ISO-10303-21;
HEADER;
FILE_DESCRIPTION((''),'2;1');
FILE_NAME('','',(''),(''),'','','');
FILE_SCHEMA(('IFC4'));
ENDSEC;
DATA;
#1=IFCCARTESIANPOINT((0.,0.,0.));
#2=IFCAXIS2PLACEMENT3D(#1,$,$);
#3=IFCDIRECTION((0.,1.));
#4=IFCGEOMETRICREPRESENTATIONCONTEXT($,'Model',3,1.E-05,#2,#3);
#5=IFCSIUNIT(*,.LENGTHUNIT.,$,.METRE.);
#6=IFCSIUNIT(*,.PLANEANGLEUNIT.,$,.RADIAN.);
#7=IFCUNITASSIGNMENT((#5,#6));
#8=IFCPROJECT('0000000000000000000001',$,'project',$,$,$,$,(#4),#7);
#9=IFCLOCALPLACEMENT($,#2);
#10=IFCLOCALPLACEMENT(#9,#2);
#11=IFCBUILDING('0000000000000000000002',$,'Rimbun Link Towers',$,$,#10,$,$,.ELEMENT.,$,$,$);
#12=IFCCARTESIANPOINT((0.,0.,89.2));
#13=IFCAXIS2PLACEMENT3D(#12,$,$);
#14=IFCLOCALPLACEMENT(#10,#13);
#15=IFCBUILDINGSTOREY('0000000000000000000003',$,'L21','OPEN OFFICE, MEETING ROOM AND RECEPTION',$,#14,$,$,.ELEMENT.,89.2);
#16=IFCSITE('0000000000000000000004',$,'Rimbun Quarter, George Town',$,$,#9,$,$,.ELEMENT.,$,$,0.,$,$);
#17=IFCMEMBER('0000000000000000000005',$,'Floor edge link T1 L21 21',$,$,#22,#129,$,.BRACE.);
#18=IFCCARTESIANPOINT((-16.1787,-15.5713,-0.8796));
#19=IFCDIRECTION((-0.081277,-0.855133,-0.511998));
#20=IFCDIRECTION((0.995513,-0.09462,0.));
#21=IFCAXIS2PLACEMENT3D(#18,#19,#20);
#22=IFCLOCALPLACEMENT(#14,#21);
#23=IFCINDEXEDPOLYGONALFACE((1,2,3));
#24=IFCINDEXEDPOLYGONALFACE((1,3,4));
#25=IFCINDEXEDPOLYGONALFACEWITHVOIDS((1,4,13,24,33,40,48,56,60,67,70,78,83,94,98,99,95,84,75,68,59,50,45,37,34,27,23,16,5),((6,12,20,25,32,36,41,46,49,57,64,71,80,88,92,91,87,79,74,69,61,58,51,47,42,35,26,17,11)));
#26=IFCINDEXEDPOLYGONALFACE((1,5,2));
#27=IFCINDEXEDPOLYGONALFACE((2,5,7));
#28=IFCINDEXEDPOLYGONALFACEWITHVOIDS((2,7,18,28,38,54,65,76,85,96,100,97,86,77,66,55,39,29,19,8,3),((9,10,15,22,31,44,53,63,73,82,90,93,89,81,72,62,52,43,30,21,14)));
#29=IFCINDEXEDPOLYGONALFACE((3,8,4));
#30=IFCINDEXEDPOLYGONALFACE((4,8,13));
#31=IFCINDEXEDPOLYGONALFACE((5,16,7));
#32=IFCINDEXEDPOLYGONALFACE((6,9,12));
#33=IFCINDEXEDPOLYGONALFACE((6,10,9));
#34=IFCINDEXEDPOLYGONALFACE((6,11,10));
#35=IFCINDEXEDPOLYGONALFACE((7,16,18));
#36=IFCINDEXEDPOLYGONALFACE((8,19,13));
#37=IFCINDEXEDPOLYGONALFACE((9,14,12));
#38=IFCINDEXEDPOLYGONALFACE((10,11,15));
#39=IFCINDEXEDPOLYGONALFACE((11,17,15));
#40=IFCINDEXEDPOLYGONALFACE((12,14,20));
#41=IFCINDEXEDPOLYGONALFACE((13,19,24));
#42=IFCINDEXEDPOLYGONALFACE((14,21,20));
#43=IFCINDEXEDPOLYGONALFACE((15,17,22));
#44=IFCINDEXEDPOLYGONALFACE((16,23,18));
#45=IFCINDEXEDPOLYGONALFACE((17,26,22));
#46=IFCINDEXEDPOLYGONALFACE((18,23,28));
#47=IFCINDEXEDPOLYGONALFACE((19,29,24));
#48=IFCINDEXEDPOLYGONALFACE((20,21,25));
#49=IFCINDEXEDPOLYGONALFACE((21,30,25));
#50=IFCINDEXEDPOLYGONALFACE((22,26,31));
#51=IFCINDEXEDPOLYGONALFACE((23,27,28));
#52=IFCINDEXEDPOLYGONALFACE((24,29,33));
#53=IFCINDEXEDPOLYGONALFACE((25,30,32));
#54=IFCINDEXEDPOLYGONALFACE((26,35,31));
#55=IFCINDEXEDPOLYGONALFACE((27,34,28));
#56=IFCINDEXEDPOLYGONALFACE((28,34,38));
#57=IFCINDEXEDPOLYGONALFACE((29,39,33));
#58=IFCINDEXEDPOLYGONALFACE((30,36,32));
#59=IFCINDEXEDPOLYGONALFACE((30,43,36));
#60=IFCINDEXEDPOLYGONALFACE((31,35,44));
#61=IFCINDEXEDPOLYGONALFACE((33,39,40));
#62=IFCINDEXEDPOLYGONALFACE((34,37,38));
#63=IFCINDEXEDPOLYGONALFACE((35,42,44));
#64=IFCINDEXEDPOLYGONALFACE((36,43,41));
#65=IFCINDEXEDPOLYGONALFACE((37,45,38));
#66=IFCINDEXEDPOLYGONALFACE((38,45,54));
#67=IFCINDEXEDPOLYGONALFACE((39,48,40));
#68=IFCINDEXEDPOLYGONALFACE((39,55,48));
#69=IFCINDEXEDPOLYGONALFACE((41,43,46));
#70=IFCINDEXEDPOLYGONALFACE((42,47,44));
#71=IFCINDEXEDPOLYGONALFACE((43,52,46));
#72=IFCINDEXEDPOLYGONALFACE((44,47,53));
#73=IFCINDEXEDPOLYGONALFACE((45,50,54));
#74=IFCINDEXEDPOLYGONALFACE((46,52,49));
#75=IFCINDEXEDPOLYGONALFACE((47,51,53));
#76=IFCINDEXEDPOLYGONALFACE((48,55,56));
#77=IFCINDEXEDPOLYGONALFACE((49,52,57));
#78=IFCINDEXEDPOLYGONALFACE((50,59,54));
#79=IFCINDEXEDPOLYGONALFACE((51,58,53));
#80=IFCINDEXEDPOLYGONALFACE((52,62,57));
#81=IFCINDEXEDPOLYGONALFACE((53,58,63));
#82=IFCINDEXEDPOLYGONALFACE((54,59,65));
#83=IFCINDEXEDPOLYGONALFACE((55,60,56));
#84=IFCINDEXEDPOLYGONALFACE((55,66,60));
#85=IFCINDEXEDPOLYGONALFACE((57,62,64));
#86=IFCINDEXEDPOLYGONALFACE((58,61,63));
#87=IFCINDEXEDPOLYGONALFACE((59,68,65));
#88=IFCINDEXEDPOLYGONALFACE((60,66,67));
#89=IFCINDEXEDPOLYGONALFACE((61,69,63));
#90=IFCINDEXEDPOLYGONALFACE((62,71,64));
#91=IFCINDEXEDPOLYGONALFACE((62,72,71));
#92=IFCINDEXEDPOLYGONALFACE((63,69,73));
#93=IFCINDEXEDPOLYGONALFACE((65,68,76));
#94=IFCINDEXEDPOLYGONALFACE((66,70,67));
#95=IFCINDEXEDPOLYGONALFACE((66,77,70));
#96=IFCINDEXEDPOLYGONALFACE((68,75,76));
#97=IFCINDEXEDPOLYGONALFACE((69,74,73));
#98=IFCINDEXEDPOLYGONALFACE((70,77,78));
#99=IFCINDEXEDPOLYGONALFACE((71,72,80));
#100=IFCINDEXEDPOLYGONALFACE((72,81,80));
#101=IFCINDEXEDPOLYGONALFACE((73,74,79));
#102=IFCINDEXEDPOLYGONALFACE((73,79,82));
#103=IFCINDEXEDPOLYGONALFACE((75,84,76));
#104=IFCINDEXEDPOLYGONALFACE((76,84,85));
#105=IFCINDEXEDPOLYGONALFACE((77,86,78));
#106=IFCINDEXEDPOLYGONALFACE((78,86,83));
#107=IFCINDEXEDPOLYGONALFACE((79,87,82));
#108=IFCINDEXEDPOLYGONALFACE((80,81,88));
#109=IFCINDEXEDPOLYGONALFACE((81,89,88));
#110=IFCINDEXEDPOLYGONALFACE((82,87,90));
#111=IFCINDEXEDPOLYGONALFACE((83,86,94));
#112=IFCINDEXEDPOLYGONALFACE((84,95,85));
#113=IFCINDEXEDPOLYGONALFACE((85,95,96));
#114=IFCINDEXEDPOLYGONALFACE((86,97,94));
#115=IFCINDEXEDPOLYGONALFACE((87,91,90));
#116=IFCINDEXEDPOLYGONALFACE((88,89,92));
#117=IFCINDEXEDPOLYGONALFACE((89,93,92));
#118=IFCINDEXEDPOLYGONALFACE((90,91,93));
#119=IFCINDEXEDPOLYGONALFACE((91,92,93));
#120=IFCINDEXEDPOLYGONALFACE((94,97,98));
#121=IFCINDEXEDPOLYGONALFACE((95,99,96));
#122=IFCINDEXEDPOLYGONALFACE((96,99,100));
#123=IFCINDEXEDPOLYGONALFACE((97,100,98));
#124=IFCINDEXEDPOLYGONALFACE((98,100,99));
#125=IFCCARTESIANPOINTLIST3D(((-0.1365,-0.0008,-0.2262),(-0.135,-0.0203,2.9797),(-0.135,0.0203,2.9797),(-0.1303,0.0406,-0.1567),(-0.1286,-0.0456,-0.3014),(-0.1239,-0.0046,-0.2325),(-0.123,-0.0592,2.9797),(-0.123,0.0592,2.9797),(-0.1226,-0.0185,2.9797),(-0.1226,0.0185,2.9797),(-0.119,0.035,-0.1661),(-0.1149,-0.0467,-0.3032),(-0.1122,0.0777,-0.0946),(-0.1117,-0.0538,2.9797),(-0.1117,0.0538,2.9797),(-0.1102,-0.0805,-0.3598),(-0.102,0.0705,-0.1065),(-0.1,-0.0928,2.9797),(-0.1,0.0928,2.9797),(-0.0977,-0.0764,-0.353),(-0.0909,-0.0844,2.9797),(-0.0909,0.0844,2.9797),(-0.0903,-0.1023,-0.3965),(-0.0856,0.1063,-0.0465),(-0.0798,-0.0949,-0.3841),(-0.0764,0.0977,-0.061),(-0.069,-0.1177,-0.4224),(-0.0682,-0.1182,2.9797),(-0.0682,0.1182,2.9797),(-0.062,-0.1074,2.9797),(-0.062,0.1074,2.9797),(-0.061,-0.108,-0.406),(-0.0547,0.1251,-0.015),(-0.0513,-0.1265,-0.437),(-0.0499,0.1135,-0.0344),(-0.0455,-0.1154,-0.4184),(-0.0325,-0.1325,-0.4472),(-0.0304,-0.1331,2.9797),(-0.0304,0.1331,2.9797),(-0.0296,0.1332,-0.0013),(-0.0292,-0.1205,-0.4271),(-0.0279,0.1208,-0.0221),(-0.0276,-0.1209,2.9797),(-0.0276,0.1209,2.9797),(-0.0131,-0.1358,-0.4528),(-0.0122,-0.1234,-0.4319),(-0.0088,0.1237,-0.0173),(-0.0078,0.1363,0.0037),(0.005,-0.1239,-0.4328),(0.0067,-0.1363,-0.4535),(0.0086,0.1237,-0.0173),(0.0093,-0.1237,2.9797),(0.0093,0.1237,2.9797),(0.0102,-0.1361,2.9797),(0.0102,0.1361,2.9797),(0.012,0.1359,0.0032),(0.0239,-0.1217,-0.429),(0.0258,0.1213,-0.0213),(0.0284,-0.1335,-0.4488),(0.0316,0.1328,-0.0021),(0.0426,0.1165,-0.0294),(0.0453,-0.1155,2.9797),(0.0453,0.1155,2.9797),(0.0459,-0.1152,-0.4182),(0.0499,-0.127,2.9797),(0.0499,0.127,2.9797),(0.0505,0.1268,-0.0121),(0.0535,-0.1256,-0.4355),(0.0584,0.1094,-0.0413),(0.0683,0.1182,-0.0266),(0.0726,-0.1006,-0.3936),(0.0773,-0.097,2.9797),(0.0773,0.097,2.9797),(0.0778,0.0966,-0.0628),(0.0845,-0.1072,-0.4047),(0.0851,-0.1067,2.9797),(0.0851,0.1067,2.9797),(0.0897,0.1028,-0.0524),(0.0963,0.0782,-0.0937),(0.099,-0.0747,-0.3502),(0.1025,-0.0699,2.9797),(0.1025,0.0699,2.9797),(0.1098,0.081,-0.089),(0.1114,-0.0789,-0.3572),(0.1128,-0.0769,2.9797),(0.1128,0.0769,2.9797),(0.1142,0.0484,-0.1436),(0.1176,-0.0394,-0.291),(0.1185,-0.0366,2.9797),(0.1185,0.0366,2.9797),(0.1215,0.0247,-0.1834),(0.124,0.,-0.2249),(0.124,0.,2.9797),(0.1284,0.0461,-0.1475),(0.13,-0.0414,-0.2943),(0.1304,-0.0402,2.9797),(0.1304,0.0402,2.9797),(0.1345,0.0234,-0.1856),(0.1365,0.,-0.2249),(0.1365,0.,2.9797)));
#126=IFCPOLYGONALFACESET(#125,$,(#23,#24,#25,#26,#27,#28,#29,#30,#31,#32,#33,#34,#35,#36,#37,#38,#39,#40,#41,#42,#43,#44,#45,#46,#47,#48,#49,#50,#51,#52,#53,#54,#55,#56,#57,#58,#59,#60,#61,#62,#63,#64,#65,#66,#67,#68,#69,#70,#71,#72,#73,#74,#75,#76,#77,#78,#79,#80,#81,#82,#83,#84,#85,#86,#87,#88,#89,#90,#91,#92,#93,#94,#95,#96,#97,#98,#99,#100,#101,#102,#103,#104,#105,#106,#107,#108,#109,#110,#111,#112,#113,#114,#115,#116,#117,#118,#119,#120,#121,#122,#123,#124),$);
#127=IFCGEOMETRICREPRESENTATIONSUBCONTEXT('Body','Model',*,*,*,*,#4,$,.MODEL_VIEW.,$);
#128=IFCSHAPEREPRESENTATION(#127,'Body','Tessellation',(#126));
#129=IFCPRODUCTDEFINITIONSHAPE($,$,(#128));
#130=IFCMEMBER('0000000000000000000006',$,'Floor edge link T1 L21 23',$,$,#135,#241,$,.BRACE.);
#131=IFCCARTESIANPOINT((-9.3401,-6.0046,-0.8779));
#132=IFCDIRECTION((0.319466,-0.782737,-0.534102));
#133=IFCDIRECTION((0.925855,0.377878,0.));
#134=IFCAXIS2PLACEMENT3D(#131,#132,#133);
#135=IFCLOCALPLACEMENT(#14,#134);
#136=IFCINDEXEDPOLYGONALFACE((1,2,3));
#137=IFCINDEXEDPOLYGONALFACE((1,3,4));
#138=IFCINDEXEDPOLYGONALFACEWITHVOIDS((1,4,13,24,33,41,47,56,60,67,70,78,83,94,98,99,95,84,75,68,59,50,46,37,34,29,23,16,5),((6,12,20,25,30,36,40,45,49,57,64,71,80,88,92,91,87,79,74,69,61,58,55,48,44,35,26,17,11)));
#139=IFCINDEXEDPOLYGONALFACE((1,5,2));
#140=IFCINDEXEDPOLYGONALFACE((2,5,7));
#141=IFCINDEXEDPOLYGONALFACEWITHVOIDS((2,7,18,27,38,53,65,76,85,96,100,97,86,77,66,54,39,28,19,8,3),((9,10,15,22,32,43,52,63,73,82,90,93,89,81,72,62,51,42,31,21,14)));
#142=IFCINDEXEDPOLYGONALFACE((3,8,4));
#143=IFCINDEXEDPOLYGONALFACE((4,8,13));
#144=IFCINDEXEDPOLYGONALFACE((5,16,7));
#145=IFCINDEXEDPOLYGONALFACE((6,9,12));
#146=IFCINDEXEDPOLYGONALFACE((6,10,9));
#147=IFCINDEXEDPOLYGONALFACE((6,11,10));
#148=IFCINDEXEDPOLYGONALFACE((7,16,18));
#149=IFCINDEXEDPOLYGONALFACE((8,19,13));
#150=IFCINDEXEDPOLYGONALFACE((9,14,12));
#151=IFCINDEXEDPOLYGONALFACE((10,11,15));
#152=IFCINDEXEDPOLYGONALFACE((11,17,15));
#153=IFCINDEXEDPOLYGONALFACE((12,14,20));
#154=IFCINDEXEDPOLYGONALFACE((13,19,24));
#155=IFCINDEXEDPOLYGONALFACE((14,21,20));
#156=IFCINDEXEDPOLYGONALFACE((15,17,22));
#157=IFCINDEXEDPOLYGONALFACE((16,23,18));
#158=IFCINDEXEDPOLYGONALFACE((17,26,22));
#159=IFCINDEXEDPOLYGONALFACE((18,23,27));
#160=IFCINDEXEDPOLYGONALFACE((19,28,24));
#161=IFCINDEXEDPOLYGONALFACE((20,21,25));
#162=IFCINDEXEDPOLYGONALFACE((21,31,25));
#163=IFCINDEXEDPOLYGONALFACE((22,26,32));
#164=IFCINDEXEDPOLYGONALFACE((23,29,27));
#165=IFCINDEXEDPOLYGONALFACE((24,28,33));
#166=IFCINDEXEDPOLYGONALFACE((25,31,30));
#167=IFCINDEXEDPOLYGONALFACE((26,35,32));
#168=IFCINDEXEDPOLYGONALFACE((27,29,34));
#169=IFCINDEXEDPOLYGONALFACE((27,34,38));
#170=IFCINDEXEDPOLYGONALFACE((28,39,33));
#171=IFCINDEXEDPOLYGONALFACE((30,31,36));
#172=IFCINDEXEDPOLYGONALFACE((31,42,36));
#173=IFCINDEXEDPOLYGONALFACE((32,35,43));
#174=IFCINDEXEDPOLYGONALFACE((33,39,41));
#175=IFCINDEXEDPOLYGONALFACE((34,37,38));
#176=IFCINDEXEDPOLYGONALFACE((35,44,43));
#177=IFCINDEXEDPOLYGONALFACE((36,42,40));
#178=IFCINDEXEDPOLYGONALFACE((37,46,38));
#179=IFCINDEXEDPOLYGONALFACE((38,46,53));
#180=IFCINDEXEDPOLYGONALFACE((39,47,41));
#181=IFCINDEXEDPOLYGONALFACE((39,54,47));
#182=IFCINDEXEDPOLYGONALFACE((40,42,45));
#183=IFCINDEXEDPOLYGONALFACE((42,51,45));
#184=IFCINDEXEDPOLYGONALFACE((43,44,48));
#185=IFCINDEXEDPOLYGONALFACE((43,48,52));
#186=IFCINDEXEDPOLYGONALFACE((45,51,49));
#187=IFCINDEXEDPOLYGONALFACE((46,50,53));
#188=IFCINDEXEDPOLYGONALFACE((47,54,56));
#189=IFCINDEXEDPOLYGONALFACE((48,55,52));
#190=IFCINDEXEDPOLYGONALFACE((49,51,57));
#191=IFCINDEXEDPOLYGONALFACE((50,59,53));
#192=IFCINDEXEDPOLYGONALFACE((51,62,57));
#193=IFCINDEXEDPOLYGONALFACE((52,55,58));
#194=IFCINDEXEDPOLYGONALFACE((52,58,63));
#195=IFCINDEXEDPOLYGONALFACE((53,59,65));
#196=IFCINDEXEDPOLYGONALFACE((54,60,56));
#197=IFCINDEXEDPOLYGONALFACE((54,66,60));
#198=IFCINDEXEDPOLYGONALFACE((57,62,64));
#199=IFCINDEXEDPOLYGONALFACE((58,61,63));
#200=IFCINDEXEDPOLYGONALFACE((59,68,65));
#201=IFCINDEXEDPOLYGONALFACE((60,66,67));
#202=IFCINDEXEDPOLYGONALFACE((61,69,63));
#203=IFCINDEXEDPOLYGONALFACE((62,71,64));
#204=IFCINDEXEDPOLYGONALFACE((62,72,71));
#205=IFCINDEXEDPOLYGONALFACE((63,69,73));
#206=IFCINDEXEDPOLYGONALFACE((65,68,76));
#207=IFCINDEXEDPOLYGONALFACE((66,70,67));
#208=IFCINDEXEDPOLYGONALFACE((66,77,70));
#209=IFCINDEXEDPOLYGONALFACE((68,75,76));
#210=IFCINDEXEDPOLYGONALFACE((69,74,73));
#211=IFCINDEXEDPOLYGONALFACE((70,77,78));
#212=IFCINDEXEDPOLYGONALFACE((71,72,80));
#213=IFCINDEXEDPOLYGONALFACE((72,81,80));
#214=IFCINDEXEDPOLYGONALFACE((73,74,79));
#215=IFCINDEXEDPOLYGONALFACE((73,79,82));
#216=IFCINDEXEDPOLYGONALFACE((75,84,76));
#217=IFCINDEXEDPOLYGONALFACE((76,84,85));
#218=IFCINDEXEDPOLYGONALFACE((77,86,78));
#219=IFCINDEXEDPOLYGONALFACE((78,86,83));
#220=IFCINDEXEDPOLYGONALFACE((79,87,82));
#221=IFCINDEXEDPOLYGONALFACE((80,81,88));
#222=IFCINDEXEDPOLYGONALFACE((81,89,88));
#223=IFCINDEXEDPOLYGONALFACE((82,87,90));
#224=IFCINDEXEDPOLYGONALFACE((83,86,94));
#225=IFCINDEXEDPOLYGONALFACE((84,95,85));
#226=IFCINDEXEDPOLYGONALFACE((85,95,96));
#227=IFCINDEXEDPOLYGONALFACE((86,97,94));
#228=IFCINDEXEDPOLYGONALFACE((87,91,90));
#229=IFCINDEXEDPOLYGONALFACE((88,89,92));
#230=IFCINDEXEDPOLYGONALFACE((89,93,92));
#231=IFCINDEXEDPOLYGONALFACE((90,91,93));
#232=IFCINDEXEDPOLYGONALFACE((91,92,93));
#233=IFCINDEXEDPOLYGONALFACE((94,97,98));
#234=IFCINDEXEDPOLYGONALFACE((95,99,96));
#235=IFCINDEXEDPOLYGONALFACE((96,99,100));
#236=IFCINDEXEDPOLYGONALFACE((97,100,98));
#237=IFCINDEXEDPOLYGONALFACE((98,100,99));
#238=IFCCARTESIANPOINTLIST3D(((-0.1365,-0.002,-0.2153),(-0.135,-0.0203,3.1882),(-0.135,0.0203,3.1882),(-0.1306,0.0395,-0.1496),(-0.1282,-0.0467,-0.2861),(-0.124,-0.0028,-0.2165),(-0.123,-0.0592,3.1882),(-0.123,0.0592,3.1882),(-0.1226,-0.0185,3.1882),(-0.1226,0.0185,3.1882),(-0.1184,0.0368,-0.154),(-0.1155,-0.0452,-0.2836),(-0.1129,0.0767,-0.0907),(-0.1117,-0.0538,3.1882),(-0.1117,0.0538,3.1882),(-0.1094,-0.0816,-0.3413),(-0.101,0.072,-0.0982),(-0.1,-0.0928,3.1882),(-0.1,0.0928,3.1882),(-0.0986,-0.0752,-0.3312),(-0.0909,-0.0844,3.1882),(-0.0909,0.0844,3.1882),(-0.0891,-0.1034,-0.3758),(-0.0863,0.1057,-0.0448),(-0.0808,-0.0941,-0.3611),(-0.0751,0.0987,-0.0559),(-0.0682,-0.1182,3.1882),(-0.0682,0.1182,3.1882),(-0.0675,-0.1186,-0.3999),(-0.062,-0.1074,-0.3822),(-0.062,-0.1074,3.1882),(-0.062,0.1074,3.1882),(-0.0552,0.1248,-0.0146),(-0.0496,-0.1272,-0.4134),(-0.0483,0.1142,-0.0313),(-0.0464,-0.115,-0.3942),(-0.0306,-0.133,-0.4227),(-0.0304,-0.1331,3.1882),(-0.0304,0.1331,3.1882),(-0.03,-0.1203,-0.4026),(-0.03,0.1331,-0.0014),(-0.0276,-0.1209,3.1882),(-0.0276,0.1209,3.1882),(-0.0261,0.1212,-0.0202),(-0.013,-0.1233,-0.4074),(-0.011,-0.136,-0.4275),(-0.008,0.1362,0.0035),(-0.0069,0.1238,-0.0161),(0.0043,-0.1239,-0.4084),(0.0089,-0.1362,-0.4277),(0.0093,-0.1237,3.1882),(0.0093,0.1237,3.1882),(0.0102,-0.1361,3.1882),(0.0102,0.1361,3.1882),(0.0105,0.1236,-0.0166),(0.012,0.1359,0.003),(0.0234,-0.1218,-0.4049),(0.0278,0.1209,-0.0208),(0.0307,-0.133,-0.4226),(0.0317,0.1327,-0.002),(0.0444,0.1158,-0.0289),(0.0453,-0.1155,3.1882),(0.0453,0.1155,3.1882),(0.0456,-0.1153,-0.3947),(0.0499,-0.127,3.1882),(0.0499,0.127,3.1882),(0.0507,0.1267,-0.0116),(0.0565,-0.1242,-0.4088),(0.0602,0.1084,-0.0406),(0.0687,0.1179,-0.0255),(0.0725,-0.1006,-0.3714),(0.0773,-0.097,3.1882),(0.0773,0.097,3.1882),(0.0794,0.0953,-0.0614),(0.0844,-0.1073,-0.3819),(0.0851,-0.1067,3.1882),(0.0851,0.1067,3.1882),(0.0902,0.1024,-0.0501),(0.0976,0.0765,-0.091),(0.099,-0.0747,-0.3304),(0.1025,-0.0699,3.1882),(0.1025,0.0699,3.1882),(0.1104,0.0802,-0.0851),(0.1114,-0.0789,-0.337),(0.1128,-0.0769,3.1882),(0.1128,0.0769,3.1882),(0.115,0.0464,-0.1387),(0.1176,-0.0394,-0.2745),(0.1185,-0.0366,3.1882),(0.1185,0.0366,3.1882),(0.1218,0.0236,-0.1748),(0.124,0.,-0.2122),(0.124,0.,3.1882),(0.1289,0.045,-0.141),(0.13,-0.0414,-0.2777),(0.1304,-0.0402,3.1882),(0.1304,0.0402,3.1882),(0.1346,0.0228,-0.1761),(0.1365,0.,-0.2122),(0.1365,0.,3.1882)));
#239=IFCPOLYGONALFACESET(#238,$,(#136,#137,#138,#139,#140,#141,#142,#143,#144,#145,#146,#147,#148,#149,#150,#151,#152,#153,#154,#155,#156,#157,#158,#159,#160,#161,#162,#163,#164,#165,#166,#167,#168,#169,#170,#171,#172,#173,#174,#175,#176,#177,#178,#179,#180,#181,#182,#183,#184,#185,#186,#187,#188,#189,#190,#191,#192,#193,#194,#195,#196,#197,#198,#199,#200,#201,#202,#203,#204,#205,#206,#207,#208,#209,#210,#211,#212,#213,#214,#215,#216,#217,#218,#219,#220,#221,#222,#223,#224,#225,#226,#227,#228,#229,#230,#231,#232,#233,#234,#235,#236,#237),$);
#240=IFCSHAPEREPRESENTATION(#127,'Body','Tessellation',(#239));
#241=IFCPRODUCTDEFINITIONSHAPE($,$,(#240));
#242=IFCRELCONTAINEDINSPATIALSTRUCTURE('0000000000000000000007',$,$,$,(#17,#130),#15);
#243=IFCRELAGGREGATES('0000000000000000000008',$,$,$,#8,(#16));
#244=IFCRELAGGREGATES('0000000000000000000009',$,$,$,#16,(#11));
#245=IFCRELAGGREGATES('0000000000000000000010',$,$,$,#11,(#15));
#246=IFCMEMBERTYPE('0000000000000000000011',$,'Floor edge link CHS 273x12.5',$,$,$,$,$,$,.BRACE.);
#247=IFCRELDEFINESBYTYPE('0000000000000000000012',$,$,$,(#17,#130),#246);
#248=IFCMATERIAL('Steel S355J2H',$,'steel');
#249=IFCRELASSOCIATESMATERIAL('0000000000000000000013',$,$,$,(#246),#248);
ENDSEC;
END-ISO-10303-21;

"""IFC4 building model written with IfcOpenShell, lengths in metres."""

from ifc_helpers import new_model, si_unit, direction, frame, origin, origin_2d, place, context, subcontext, project, spatial, hollow_circle, extrude, clip, halfspace, material, material_profile, profile_set, type_object, element, save


model = new_model("IFC4")

# Units and contexts
model_context = context("Model", 3, precision=1e-05, world=origin(), true_north=direction((0.0, 1.0)))
body_context = subcontext(model_context, "Body", "Model", "MODEL_VIEW")
ifc_project = project(units=[si_unit("LENGTHUNIT", "METRE"), si_unit("PLANEANGLEUNIT", "RADIAN")], contexts=[model_context])

# Site, building, storey
site_placement = place(None, origin())
site = spatial("IfcSite", under=ifc_project, at=site_placement, Name="Rimbun Quarter, George Town", CompositionType="ELEMENT", RefElevation=0.0)
building_placement = place(site_placement, origin())
building = spatial("IfcBuilding", under=site, at=building_placement, Name="Rimbun Link Towers", CompositionType="ELEMENT")
storey_placement = place(building_placement, frame((0.0, 0.0, 89.2)))
storey = spatial("IfcBuildingStorey", under=building, at=storey_placement, Name="L21", Description="OPEN OFFICE, MEETING ROOM AND RECEPTION", CompositionType="ELEMENT", Elevation=89.2)

# Members
ifc_material_1 = material(Name="Steel S355J2H", Category="steel")
ifc_material_profile_1 = material_profile(ifc_material_1, hollow_circle(Radius=0.1365, WallThickness=0.0125, at=origin_2d()), Name="CHS 273x12.5")
ifc_profile_set_1 = profile_set([ifc_material_profile_1], Name="Steel S355J2H")
member_type_1 = type_object("IfcMemberType", Name="Floor edge link CHS 273x12.5", PredefinedType="BRACE", material=ifc_profile_set_1)
member_1_placement = place(storey_placement, frame((-16.1787, -15.5713, -0.8796), z_axis=(-0.081277, -0.855133, -0.511998), x_axis=(0.995513, -0.09462, 0.0)))
element("IfcMember", 1, at=member_1_placement, inside=storey, type_object=member_type_1, Name="Floor edge link T1 L21 21", PredefinedType="BRACE", context=body_context, shape_type="Clipping", body=[
    clip(extrude(hollow_circle(Radius=0.1365, WallThickness=0.0125, at=origin_2d()), frame((0.0, 0.0, -0.4775)), (0.0, 0.0, 1.0), 3.4573), halfspace(frame((0.0, 0.0, -0.2249), z_axis=(0.0, 0.858987, -0.511998)), False)),
])
member_2_placement = place(storey_placement, frame((-9.3401, -6.0046, -0.8779), z_axis=(0.319466, -0.782737, -0.534102), x_axis=(0.925855, 0.377878, 0.0)))
element("IfcMember", 2, at=member_2_placement, inside=storey, type_object=member_type_1, Name="Floor edge link T1 L21 23", PredefinedType="BRACE", context=body_context, shape_type="Clipping", body=[
    clip(extrude(hollow_circle(Radius=0.1365, WallThickness=0.0125, at=origin_2d()), frame((0.0, 0.0, -0.4509)), (0.0, 0.0, 1.0), 3.6392), halfspace(frame((0.0, 0.0, -0.2122), z_axis=(0.0, 0.84542, -0.534102)), False)),
])

save(model, "model.ifc")
